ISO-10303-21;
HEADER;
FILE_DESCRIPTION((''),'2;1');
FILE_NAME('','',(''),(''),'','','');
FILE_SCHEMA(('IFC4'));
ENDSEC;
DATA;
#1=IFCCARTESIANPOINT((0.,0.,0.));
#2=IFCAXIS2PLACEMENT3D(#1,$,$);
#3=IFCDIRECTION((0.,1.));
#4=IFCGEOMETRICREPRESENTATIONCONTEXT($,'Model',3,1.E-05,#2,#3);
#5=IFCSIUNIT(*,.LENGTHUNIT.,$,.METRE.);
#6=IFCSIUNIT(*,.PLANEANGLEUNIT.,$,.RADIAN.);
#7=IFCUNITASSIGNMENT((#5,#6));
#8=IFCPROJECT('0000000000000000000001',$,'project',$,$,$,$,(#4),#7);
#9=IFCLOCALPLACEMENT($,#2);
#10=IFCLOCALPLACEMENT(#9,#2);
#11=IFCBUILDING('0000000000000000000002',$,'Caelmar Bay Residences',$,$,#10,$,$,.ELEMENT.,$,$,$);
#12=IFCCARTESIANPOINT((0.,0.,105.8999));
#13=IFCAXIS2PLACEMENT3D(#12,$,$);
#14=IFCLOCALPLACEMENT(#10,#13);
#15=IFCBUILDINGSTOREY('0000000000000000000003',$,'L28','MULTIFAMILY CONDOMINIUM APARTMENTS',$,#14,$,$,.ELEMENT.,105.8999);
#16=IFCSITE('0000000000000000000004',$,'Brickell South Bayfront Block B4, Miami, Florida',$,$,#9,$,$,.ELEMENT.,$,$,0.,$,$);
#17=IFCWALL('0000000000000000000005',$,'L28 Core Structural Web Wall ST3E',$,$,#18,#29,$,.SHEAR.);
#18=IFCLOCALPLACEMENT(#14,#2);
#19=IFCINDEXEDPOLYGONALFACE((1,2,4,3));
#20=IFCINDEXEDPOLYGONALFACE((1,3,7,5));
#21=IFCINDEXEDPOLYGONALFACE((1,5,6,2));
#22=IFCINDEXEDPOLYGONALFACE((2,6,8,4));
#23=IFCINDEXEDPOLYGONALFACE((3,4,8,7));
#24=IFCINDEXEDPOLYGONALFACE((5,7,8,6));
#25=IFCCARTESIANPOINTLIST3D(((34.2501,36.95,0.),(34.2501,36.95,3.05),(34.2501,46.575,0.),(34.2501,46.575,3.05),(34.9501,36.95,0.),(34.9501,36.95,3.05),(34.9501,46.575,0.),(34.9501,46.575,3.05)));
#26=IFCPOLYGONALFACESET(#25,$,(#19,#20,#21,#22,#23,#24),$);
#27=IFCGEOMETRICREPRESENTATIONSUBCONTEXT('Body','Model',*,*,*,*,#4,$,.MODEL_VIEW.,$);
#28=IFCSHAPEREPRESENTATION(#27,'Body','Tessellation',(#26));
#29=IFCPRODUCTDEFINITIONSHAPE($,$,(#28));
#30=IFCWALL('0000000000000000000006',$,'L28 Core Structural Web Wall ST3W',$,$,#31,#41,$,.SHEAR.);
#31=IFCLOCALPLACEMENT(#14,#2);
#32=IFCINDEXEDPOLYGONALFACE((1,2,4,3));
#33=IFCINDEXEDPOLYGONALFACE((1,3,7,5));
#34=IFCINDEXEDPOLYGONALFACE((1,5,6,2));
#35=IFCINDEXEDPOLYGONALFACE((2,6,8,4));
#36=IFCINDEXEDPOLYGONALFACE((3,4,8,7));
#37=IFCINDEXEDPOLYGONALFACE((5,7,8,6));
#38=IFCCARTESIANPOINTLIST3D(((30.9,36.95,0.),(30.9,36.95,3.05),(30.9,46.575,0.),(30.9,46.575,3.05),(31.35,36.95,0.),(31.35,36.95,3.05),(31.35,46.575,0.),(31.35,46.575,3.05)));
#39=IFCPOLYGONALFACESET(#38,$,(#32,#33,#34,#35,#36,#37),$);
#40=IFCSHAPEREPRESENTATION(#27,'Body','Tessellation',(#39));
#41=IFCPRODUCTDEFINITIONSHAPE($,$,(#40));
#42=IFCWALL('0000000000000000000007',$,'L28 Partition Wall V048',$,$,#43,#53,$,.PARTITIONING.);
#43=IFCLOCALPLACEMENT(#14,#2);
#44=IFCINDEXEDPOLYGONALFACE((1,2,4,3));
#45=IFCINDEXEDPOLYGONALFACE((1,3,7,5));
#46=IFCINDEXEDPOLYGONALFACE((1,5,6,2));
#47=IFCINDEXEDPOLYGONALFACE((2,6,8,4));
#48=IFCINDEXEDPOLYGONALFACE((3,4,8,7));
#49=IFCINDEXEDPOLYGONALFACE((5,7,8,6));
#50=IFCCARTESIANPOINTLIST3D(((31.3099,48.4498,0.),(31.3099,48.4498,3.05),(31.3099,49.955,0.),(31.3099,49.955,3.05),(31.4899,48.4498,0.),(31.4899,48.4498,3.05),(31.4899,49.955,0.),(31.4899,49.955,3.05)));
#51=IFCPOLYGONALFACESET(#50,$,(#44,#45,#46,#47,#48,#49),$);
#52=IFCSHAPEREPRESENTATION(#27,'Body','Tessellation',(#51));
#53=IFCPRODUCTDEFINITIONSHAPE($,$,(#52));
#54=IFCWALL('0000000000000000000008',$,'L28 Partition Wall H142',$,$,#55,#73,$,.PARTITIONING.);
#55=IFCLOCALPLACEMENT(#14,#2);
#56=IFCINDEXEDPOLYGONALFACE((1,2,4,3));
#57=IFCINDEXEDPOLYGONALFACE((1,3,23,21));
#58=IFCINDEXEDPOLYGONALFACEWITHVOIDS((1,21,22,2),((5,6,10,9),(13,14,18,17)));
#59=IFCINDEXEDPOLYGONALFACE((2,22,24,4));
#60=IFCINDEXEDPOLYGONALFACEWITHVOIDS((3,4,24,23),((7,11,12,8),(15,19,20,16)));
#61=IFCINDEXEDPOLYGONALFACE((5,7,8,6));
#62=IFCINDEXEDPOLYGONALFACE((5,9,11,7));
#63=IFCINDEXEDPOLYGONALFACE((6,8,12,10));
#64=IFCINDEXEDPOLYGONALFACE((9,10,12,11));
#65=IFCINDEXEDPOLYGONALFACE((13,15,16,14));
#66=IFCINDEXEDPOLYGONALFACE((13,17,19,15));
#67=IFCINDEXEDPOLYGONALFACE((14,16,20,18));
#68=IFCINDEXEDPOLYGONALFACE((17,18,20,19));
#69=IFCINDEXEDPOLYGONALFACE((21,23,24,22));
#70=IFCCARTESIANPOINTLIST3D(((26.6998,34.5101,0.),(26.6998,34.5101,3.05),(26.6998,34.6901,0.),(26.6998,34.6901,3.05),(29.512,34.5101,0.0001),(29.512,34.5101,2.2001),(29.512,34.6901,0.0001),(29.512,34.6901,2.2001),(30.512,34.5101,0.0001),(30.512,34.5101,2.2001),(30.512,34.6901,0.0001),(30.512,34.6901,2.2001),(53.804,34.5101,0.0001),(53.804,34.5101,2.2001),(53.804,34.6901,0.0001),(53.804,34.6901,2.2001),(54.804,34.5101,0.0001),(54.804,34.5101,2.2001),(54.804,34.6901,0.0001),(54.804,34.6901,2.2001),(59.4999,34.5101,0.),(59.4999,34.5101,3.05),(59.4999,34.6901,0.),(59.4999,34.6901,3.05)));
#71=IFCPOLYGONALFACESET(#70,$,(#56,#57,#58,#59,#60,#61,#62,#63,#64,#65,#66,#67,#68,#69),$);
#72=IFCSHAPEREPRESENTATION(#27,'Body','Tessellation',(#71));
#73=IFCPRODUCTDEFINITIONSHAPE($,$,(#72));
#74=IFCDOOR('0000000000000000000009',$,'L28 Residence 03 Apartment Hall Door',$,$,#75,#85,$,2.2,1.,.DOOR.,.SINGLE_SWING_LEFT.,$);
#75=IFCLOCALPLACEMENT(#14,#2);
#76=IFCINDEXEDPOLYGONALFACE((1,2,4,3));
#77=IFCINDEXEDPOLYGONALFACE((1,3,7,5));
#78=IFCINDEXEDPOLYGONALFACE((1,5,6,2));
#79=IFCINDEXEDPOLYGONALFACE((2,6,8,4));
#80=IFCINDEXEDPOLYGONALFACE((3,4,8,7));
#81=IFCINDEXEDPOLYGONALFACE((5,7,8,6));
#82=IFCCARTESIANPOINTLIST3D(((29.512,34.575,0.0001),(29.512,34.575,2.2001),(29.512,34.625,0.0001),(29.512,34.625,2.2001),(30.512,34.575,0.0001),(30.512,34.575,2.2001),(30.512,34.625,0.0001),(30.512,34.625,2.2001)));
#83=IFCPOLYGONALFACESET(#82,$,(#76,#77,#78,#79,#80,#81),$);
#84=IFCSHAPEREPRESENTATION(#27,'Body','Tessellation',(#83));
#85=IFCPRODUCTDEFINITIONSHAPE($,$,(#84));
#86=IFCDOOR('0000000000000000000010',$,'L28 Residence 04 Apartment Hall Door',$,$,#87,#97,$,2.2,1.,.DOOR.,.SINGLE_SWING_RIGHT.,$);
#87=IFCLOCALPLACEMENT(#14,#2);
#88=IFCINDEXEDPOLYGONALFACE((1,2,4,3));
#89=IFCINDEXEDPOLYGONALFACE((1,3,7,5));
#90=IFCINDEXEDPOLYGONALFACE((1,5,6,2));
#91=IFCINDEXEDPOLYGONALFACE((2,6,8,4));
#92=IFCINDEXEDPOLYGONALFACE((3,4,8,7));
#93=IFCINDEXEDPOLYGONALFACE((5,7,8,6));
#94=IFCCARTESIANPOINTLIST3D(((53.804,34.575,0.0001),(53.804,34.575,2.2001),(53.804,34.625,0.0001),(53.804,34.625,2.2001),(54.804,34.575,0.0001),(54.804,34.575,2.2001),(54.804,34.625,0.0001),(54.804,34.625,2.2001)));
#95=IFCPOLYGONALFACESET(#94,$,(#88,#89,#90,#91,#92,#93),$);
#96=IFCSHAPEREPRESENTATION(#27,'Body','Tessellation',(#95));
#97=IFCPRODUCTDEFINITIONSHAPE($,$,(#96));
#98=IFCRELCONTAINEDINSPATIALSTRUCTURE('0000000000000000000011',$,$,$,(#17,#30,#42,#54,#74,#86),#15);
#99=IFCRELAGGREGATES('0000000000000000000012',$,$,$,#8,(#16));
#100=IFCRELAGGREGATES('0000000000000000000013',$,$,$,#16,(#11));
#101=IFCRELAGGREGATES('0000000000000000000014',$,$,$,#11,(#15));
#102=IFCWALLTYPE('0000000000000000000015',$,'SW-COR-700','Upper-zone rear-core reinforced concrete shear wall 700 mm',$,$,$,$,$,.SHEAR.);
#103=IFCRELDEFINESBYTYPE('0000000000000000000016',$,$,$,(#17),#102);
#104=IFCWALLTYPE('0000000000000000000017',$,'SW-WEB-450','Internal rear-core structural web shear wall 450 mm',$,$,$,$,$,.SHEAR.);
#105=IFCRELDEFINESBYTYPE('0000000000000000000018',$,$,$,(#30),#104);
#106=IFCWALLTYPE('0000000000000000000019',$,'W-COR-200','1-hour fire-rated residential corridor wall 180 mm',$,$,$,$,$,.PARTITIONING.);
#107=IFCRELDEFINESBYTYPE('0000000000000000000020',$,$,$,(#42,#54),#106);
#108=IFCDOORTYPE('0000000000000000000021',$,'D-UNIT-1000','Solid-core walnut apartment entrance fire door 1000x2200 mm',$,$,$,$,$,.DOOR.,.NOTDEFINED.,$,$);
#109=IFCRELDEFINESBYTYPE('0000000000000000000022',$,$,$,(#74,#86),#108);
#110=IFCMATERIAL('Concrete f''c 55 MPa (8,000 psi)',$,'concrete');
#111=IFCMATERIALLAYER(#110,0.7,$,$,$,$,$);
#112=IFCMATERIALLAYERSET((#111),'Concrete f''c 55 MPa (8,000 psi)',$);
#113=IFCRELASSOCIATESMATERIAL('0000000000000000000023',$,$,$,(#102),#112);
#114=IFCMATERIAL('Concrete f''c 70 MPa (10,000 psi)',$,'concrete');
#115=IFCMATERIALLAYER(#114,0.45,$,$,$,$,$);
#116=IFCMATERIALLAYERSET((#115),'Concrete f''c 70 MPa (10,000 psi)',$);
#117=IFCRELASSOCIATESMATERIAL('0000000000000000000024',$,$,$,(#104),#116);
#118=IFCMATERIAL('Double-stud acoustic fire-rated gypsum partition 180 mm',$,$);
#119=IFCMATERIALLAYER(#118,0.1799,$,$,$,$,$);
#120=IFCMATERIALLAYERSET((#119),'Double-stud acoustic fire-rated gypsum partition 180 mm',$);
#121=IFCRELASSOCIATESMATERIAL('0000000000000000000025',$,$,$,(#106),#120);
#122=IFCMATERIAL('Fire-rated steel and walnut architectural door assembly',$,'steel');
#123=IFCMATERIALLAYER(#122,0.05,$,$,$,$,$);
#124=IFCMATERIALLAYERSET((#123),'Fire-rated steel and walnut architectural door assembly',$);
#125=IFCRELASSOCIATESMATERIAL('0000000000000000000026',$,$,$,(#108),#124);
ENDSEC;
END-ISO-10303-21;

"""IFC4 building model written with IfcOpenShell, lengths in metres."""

from ifc_helpers import new_model, si_unit, direction, frame, frame_2d, origin, place, context, subcontext, project, spatial, rectangle, extrude, material, layer, layer_set, type_object, element, fill, save


model = new_model("IFC4")

# Units and contexts
model_context = context("Model", 3, precision=1e-05, world=origin(), true_north=direction((0.0, 1.0)))
body_context = subcontext(model_context, "Body", "Model", "MODEL_VIEW")
ifc_project = project(units=[si_unit("LENGTHUNIT", "METRE"), si_unit("PLANEANGLEUNIT", "RADIAN")], contexts=[model_context])

# Site, building, storey
site_placement = place(None, origin())
site = spatial("IfcSite", under=ifc_project, at=site_placement, Name="Brickell South Bayfront Block B4, Miami, Florida", CompositionType="ELEMENT", RefElevation=0.0)
building_placement = place(site_placement, origin())
building = spatial("IfcBuilding", under=site, at=building_placement, Name="Caelmar Bay Residences", CompositionType="ELEMENT")
storey_placement = place(building_placement, frame((0.0, 0.0, 105.8999)))
storey = spatial("IfcBuildingStorey", under=building, at=storey_placement, Name="L28", Description="MULTIFAMILY CONDOMINIUM APARTMENTS", CompositionType="ELEMENT", Elevation=105.8999)

# Walls
ifc_material_1 = material(Name="Concrete f'c 55 MPa (8,000 psi)", Category="concrete")
ifc_layer_1 = layer(ifc_material_1, 0.7)
ifc_layer_set_1 = layer_set([ifc_layer_1], Name="Concrete f'c 55 MPa (8,000 psi)")
wall_type_1 = type_object("IfcWallType", Name="SW-COR-700", Description="Upper-zone rear-core reinforced concrete shear wall 700 mm", PredefinedType="SHEAR", material=ifc_layer_set_1)
wall_1_placement = place(storey_placement, frame((34.6001, 36.95, 0.0), z_axis=(0.0, 0.0, 1.0), x_axis=(0.0, 1.0, 0.0)))
element("IfcWall", 1, at=wall_1_placement, inside=storey, type_object=wall_type_1, Name="L28 Core Structural Web Wall ST3E", PredefinedType="SHEAR", context=body_context, shape_type="SweptSolid", body=[
    extrude(rectangle(XDim=9.625, YDim=0.7, at=frame_2d((4.8125, 0.0))), origin(), (0.0, 0.0, 1.0), 3.05),
])
ifc_material_2 = material(Name="Concrete f'c 70 MPa (10,000 psi)", Category="concrete")
ifc_layer_2 = layer(ifc_material_2, 0.45)
ifc_layer_set_2 = layer_set([ifc_layer_2], Name="Concrete f'c 70 MPa (10,000 psi)")
wall_type_2 = type_object("IfcWallType", Name="SW-WEB-450", Description="Internal rear-core structural web shear wall 450 mm", PredefinedType="SHEAR", material=ifc_layer_set_2)
wall_2_placement = place(storey_placement, frame((31.125, 36.95, 0.0), z_axis=(0.0, 0.0, 1.0), x_axis=(0.0, 1.0, 0.0)))
element("IfcWall", 2, at=wall_2_placement, inside=storey, type_object=wall_type_2, Name="L28 Core Structural Web Wall ST3W", PredefinedType="SHEAR", context=body_context, shape_type="SweptSolid", body=[
    extrude(rectangle(XDim=9.625, YDim=0.45, at=frame_2d((4.8125, 0.0))), origin(), (0.0, 0.0, 1.0), 3.05),
])
ifc_material_3 = material(Name="Double-stud acoustic fire-rated gypsum partition 180 mm")
ifc_layer_3 = layer(ifc_material_3, 0.1799)
ifc_layer_set_3 = layer_set([ifc_layer_3], Name="Double-stud acoustic fire-rated gypsum partition 180 mm")
wall_type_3 = type_object("IfcWallType", Name="W-COR-200", Description="1-hour fire-rated residential corridor wall 180 mm", PredefinedType="PARTITIONING", material=ifc_layer_set_3)
wall_3_placement = place(storey_placement, frame((31.3999, 48.45, 0.0), z_axis=(0.0, 0.0, 1.0), x_axis=(0.0, 1.0, 0.0)))
element("IfcWall", 3, at=wall_3_placement, inside=storey, type_object=wall_type_3, Name="L28 Partition Wall V048", PredefinedType="PARTITIONING", context=body_context, shape_type="SweptSolid", body=[
    extrude(rectangle(XDim=1.5051, YDim=0.1799, at=frame_2d((0.7524, 0.0))), origin(), (0.0, 0.0, 1.0), 3.05),
])

# Wall, openings, doors
wall_4_placement = place(storey_placement, frame((26.7, 34.6001, 0.0), z_axis=(0.0, 0.0, 1.0), x_axis=(1.0, 0.0, 0.0)))
wall_4 = element("IfcWall", 4, at=wall_4_placement, inside=storey, type_object=wall_type_3, Name="L28 Partition Wall H142", PredefinedType="PARTITIONING", context=body_context, shape_type="SweptSolid", body=[
    extrude(rectangle(XDim=32.8, YDim=0.1799, at=frame_2d((16.3999, 0.0))), origin(), (0.0, 0.0, 1.0), 3.05),
])
opening_1_placement = place(wall_4_placement, frame((2.812, 0.0, 0.0)))
opening_1 = element("IfcOpeningElement", 5, at=opening_1_placement, cuts=wall_4, PredefinedType="OPENING", context=body_context, shape_type="SweptSolid", body=[
    extrude(rectangle(XDim=1.0, YDim=2.2, at=frame_2d((0.5, 1.1001))), frame((0.0, 0.0999, 0.0), z_axis=(0.0, -1.0, 0.0), x_axis=(1.0, 0.0, 0.0)), (0.0, 0.0, 1.0), 0.2),
])
opening_2_placement = place(wall_4_placement, frame((27.104, 0.0, 0.0)))
opening_2 = element("IfcOpeningElement", 6, at=opening_2_placement, cuts=wall_4, PredefinedType="OPENING", context=body_context, shape_type="SweptSolid", body=[
    extrude(rectangle(XDim=1.0, YDim=2.2, at=frame_2d((0.5, 1.1001))), frame((0.0, 0.0999, 0.0), z_axis=(0.0, -1.0, 0.0), x_axis=(1.0, 0.0, 0.0)), (0.0, 0.0, 1.0), 0.2),
])
ifc_material_4 = material(Name="Fire-rated steel and walnut architectural door assembly", Category="steel")
ifc_layer_4 = layer(ifc_material_4, 0.05)
ifc_layer_set_4 = layer_set([ifc_layer_4], Name="Fire-rated steel and walnut architectural door assembly")
door_type_1 = type_object("IfcDoorType", Name="D-UNIT-1000", Description="Solid-core walnut apartment entrance fire door 1000x2200 mm", OperationType="NOTDEFINED", PredefinedType="DOOR", material=ifc_layer_set_4)
door_1_placement = place(opening_1_placement, origin())
door_1 = element("IfcDoor", 7, at=door_1_placement, inside=storey, type_object=door_type_1, Name="L28 Residence 03 Apartment Hall Door", OperationType="SINGLE_SWING_LEFT", OverallHeight=2.2, OverallWidth=1.0, PredefinedType="DOOR", context=body_context, shape_type="SweptSolid", body=[
    extrude(rectangle(XDim=1.0, YDim=2.2, at=frame_2d((0.5, 1.1001))), frame((0.0, 0.0249, 0.0), z_axis=(0.0, -1.0, 0.0), x_axis=(1.0, 0.0, 0.0)), (0.0, 0.0, 1.0), 0.05),
])
fill(opening_1, door_1)
door_2_placement = place(opening_2_placement, origin())
door_2 = element("IfcDoor", 8, at=door_2_placement, inside=storey, type_object=door_type_1, Name="L28 Residence 04 Apartment Hall Door", OperationType="SINGLE_SWING_RIGHT", OverallHeight=2.2, OverallWidth=1.0, PredefinedType="DOOR", context=body_context, shape_type="SweptSolid", body=[
    extrude(rectangle(XDim=1.0, YDim=2.2, at=frame_2d((0.5, 1.1001))), frame((0.0, 0.0249, 0.0), z_axis=(0.0, -1.0, 0.0), x_axis=(1.0, 0.0, 0.0)), (0.0, 0.0, 1.0), 0.05),
])
fill(opening_2, door_2)

save(model, "model.ifc")
